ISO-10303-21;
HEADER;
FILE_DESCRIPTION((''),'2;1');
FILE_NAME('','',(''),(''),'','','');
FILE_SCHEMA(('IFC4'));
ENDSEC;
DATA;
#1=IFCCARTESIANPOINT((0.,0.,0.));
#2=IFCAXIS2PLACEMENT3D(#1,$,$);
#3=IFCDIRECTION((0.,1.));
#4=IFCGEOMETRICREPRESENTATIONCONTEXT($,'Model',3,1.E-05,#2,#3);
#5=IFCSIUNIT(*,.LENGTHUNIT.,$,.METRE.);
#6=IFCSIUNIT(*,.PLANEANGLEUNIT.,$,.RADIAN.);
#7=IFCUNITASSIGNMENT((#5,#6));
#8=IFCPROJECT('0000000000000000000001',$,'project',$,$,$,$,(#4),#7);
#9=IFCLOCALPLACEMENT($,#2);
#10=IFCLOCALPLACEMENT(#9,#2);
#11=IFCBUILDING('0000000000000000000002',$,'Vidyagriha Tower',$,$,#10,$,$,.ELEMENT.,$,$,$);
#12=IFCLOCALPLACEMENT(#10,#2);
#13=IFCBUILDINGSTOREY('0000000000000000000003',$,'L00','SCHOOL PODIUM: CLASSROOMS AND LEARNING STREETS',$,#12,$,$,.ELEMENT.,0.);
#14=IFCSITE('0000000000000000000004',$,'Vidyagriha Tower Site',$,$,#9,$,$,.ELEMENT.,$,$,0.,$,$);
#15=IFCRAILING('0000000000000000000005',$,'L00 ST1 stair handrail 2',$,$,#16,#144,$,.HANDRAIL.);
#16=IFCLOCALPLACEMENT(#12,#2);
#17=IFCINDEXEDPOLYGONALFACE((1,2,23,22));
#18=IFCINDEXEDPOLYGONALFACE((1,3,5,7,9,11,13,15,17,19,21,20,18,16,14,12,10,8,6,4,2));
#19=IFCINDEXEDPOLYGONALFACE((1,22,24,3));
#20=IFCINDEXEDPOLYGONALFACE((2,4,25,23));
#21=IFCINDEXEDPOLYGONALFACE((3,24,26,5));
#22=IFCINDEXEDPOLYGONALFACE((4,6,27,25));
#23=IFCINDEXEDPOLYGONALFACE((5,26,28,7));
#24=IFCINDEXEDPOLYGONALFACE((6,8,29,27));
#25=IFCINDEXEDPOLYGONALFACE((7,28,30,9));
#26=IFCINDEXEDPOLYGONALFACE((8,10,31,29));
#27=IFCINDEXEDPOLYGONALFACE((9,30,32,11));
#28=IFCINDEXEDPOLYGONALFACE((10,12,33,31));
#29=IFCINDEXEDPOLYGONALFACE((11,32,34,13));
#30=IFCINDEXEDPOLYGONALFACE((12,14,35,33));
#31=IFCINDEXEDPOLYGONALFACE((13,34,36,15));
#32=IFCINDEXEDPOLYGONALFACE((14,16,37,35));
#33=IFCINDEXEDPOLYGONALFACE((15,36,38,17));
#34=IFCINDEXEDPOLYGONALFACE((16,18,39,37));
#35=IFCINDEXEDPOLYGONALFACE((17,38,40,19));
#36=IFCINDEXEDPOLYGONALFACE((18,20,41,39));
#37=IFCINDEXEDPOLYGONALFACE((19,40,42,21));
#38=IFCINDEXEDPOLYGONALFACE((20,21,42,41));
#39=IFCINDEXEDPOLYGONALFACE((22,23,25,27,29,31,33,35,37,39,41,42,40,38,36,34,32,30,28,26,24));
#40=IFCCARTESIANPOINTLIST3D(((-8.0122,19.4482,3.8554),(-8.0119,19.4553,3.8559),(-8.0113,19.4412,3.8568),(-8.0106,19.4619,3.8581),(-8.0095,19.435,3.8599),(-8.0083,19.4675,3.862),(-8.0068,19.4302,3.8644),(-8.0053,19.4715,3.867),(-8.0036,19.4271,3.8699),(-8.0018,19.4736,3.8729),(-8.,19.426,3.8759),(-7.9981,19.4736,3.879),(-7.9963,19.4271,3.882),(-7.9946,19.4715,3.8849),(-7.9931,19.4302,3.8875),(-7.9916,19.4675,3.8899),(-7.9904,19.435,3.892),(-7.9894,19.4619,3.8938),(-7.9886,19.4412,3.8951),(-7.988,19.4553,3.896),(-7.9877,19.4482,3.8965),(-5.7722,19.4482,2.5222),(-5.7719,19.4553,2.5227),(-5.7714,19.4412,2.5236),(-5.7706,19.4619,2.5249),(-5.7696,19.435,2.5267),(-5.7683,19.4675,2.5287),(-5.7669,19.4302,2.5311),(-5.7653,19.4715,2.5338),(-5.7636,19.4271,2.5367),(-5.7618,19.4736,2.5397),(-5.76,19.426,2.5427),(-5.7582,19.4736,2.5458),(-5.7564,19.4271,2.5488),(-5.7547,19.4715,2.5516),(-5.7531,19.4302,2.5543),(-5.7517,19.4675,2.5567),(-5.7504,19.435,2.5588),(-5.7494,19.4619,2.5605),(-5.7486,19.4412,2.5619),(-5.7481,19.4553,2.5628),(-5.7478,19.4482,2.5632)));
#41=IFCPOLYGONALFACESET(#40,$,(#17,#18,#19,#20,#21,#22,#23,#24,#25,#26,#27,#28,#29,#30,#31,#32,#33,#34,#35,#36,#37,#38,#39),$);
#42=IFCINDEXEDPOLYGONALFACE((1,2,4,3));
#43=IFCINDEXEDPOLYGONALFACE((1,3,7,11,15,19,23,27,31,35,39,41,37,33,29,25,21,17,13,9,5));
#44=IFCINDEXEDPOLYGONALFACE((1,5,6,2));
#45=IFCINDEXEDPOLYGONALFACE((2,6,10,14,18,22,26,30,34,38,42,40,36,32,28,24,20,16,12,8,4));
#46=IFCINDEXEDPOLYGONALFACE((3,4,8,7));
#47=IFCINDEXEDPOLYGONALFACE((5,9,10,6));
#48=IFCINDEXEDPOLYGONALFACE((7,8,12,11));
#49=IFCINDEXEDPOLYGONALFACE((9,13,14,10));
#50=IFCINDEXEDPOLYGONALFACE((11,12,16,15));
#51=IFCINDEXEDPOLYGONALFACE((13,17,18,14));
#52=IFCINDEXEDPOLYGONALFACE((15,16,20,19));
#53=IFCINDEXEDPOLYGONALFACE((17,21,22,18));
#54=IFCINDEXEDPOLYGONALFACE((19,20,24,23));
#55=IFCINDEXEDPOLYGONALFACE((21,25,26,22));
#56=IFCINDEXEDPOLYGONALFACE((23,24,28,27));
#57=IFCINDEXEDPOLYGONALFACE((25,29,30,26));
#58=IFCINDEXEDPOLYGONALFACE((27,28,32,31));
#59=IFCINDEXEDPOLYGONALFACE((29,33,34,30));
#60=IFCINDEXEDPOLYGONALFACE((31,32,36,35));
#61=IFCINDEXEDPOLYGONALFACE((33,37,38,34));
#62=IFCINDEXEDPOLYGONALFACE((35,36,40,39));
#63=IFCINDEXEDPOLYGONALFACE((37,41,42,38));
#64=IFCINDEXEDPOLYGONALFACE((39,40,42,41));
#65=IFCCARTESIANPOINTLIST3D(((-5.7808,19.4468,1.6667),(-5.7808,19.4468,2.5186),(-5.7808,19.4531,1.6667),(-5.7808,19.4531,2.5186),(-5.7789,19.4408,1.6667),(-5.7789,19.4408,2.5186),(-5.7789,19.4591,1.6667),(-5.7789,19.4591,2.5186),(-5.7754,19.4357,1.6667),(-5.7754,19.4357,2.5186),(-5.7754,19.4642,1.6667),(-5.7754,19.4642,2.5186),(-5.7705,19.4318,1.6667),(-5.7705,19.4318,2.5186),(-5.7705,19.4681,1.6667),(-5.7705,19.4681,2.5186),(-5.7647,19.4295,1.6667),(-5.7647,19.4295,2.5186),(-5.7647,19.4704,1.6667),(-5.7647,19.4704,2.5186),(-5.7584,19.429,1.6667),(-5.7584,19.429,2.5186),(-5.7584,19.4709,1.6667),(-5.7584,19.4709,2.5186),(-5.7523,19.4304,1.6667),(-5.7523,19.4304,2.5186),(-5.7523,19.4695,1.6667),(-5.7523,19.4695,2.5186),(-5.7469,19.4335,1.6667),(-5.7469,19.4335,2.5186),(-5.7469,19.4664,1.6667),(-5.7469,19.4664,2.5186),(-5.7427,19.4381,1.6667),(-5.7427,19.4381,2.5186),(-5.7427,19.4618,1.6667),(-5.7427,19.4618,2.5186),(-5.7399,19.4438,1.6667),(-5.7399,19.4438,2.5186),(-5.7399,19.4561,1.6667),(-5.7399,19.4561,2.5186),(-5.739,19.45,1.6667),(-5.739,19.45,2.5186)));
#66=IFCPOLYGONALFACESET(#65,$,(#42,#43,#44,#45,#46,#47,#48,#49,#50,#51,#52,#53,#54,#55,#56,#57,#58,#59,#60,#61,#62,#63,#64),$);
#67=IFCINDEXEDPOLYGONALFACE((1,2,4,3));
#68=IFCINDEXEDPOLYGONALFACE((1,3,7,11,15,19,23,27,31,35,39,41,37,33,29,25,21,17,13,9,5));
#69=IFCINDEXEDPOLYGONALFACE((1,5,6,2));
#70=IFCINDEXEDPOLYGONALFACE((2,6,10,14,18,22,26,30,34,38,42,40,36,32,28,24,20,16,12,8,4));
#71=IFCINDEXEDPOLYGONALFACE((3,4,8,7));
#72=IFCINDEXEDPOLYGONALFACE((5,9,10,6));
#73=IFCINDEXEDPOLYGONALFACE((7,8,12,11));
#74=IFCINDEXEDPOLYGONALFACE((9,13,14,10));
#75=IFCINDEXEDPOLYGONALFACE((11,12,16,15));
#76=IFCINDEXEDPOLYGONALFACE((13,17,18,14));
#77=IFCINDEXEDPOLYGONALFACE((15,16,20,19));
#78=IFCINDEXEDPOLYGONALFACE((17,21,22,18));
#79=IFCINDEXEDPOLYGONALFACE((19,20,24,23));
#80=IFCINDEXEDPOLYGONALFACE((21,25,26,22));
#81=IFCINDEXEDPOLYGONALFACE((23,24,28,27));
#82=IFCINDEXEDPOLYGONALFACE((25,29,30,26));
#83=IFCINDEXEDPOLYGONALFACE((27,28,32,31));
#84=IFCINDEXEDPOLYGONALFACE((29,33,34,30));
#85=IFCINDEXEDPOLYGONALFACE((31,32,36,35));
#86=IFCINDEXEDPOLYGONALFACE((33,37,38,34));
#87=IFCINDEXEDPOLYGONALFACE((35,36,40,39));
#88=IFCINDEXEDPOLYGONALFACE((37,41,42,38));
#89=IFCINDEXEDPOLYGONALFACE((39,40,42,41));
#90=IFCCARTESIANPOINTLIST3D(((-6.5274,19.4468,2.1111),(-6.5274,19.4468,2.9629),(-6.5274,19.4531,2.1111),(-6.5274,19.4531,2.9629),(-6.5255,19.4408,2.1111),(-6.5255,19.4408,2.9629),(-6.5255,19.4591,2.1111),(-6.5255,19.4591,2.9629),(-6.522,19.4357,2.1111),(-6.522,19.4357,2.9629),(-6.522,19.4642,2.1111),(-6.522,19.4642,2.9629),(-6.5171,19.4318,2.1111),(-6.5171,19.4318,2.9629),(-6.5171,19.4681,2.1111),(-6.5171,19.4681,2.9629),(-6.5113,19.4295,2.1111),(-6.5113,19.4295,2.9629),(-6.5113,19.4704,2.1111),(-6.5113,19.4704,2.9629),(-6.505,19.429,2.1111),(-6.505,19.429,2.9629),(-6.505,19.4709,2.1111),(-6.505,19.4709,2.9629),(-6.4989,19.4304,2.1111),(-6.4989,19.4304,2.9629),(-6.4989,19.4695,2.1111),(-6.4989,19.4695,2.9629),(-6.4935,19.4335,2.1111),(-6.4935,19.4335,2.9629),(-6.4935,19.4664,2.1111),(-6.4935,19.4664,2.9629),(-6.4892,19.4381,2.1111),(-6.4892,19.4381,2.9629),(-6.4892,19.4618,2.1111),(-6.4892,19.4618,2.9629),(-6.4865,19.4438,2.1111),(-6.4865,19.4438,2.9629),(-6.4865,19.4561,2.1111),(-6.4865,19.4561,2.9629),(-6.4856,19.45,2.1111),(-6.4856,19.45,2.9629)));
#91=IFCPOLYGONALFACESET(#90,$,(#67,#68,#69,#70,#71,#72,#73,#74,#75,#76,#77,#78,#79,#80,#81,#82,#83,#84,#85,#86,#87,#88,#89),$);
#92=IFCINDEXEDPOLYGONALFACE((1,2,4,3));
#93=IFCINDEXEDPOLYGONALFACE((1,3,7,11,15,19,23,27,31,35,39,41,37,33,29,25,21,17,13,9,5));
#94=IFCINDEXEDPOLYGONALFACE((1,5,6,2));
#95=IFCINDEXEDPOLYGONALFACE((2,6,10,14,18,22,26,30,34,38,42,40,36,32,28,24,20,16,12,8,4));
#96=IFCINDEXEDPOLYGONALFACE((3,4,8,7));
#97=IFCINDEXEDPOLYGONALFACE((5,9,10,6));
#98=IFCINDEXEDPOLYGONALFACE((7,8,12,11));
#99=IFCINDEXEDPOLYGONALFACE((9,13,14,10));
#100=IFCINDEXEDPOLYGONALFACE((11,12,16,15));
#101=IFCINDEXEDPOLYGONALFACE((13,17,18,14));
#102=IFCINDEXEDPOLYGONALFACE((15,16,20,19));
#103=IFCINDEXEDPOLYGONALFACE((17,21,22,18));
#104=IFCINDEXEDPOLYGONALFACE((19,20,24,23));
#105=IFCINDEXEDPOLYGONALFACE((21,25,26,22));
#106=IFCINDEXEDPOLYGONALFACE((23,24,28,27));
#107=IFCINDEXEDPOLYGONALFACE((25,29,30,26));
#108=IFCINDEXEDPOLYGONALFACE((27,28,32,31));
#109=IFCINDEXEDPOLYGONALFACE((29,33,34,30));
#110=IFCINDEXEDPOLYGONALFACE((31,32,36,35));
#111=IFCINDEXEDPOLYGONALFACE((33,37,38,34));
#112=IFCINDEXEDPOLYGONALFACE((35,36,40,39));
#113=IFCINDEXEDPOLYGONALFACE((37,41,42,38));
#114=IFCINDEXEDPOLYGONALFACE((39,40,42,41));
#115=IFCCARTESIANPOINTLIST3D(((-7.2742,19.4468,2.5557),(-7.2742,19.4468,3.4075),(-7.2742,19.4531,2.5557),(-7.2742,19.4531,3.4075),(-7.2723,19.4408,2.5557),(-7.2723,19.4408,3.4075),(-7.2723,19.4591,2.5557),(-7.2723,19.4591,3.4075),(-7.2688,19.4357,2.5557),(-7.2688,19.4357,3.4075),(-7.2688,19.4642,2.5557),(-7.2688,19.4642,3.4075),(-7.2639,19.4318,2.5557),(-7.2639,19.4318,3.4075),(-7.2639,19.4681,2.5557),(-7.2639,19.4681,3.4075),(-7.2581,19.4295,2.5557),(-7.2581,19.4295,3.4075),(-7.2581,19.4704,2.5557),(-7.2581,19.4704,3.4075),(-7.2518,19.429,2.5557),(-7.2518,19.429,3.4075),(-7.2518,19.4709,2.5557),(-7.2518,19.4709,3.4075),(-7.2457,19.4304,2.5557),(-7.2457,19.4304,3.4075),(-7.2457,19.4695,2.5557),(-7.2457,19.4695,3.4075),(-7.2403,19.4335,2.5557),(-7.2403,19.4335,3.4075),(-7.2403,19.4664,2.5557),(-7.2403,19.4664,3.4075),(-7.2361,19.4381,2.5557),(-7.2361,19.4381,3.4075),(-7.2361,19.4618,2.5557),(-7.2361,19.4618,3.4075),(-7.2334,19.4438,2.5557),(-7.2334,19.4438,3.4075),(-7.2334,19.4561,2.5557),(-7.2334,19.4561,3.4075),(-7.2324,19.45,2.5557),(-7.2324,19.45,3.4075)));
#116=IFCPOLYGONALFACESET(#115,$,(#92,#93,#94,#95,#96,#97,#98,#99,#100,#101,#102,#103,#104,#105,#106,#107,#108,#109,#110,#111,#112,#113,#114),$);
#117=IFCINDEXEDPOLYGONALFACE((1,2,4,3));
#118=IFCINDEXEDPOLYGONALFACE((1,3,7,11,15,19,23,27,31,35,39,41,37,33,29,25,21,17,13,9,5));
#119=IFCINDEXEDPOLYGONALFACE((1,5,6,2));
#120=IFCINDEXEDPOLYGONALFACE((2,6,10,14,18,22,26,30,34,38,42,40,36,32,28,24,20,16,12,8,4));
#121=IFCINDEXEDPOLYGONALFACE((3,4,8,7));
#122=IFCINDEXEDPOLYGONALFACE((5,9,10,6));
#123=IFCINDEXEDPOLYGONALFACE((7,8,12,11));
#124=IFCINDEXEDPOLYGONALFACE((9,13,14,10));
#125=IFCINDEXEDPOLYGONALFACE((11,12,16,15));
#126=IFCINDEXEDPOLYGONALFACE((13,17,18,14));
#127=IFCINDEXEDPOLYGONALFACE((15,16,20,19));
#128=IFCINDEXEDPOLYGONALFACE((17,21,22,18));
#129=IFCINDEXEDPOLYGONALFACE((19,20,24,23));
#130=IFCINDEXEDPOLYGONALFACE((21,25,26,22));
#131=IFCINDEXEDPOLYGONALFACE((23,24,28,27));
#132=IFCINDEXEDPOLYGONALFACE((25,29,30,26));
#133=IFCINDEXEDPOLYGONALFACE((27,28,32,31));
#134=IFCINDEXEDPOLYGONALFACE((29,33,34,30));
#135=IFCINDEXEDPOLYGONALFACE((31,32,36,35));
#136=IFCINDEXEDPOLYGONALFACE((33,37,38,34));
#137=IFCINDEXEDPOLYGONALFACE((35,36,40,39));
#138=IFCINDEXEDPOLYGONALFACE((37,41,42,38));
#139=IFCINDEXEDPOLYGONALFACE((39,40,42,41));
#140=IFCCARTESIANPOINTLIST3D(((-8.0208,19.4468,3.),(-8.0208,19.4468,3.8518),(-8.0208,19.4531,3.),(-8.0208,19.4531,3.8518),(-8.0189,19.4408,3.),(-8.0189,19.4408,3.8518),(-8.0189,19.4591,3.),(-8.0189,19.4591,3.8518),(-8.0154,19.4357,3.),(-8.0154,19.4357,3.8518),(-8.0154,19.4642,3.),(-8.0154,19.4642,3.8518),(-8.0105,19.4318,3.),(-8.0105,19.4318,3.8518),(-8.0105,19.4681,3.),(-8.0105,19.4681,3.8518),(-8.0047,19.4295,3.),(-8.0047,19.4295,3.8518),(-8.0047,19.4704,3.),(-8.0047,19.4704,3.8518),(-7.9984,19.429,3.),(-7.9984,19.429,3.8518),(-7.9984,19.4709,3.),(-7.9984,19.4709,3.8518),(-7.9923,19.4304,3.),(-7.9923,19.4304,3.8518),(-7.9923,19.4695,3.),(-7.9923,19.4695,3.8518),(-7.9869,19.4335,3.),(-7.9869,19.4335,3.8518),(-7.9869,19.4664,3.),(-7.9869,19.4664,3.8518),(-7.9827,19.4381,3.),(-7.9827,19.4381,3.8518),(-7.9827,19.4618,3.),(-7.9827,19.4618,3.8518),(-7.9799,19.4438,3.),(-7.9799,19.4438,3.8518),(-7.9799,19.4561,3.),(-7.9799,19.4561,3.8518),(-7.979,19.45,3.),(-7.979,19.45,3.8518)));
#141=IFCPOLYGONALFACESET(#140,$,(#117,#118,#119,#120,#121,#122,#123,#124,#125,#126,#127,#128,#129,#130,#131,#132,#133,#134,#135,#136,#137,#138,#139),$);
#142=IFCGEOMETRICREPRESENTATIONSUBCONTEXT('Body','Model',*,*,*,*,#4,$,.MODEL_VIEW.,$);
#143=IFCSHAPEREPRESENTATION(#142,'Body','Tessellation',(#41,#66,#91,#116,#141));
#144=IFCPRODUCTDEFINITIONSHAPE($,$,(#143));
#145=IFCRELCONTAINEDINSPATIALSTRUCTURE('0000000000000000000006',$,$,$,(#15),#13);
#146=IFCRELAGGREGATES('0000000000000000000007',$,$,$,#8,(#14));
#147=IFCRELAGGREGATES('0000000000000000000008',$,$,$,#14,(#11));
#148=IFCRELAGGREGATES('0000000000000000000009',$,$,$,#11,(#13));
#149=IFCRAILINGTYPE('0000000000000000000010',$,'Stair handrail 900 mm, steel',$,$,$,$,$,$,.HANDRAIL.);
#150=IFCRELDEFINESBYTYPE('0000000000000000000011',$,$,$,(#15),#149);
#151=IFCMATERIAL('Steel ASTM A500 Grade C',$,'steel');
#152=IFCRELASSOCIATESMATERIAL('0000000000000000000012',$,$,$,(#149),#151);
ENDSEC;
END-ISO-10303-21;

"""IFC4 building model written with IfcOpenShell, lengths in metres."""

from ifc_helpers import new_model, si_unit, direction, frame, origin, origin_2d, place, context, subcontext, project, spatial, circle, extrude, material, type_object, element, save


model = new_model("IFC4")

# Units and contexts
model_context = context("Model", 3, precision=1e-05, world=origin(), true_north=direction((0.0, 1.0)))
body_context = subcontext(model_context, "Body", "Model", "MODEL_VIEW")
ifc_project = project(units=[si_unit("LENGTHUNIT", "METRE"), si_unit("PLANEANGLEUNIT", "RADIAN")], contexts=[model_context])

# Site, building, storey
site_placement = place(None, origin())
site = spatial("IfcSite", under=ifc_project, at=site_placement, Name="Vidyagriha Tower Site", CompositionType="ELEMENT", RefElevation=0.0)
building_placement = place(site_placement, origin())
building = spatial("IfcBuilding", under=site, at=building_placement, Name="Vidyagriha Tower", CompositionType="ELEMENT")
storey_placement = place(building_placement, origin())
storey = spatial("IfcBuildingStorey", under=building, at=storey_placement, Name="L00", Description="SCHOOL PODIUM: CLASSROOMS AND LEARNING STREETS", CompositionType="ELEMENT", Elevation=0.0)

# Railing
ifc_material_1 = material(Name="Steel ASTM A500 Grade C", Category="steel")
railing_type_1 = type_object("IfcRailingType", Name="Stair handrail 900 mm, steel", PredefinedType="HANDRAIL", material=ifc_material_1)
railing_1_placement = place(storey_placement, frame((-5.76, 19.45, 1.6667)))
element("IfcRailing", 1, at=railing_1_placement, inside=storey, type_object=railing_type_1, Name="L00 ST1 stair handrail 2", PredefinedType="HANDRAIL", context=body_context, shape_type="SweptSolid", body=[
    extrude(circle(Radius=0.0239, at=origin_2d()), frame((0.0, 0.0, 0.876), z_axis=(-0.859306, 0.0, 0.511462), x_axis=(0.0, -1.0, 0.0)), (0.0, 0.0, 1.0), 2.6067),
    extrude(circle(Radius=0.021, at=origin_2d()), origin(), (0.0, 0.0, 1.0), 0.8518),
    extrude(circle(Radius=0.021, at=origin_2d()), frame((-0.7466, 0.0, 0.4443)), (0.0, 0.0, 1.0), 0.8518),
    extrude(circle(Radius=0.021, at=origin_2d()), frame((-1.4934, 0.0, 0.8889)), (0.0, 0.0, 1.0), 0.8518),
    extrude(circle(Radius=0.021, at=origin_2d()), frame((-2.24, 0.0, 1.3333)), (0.0, 0.0, 1.0), 0.8518),
])

save(model, "model.ifc")
